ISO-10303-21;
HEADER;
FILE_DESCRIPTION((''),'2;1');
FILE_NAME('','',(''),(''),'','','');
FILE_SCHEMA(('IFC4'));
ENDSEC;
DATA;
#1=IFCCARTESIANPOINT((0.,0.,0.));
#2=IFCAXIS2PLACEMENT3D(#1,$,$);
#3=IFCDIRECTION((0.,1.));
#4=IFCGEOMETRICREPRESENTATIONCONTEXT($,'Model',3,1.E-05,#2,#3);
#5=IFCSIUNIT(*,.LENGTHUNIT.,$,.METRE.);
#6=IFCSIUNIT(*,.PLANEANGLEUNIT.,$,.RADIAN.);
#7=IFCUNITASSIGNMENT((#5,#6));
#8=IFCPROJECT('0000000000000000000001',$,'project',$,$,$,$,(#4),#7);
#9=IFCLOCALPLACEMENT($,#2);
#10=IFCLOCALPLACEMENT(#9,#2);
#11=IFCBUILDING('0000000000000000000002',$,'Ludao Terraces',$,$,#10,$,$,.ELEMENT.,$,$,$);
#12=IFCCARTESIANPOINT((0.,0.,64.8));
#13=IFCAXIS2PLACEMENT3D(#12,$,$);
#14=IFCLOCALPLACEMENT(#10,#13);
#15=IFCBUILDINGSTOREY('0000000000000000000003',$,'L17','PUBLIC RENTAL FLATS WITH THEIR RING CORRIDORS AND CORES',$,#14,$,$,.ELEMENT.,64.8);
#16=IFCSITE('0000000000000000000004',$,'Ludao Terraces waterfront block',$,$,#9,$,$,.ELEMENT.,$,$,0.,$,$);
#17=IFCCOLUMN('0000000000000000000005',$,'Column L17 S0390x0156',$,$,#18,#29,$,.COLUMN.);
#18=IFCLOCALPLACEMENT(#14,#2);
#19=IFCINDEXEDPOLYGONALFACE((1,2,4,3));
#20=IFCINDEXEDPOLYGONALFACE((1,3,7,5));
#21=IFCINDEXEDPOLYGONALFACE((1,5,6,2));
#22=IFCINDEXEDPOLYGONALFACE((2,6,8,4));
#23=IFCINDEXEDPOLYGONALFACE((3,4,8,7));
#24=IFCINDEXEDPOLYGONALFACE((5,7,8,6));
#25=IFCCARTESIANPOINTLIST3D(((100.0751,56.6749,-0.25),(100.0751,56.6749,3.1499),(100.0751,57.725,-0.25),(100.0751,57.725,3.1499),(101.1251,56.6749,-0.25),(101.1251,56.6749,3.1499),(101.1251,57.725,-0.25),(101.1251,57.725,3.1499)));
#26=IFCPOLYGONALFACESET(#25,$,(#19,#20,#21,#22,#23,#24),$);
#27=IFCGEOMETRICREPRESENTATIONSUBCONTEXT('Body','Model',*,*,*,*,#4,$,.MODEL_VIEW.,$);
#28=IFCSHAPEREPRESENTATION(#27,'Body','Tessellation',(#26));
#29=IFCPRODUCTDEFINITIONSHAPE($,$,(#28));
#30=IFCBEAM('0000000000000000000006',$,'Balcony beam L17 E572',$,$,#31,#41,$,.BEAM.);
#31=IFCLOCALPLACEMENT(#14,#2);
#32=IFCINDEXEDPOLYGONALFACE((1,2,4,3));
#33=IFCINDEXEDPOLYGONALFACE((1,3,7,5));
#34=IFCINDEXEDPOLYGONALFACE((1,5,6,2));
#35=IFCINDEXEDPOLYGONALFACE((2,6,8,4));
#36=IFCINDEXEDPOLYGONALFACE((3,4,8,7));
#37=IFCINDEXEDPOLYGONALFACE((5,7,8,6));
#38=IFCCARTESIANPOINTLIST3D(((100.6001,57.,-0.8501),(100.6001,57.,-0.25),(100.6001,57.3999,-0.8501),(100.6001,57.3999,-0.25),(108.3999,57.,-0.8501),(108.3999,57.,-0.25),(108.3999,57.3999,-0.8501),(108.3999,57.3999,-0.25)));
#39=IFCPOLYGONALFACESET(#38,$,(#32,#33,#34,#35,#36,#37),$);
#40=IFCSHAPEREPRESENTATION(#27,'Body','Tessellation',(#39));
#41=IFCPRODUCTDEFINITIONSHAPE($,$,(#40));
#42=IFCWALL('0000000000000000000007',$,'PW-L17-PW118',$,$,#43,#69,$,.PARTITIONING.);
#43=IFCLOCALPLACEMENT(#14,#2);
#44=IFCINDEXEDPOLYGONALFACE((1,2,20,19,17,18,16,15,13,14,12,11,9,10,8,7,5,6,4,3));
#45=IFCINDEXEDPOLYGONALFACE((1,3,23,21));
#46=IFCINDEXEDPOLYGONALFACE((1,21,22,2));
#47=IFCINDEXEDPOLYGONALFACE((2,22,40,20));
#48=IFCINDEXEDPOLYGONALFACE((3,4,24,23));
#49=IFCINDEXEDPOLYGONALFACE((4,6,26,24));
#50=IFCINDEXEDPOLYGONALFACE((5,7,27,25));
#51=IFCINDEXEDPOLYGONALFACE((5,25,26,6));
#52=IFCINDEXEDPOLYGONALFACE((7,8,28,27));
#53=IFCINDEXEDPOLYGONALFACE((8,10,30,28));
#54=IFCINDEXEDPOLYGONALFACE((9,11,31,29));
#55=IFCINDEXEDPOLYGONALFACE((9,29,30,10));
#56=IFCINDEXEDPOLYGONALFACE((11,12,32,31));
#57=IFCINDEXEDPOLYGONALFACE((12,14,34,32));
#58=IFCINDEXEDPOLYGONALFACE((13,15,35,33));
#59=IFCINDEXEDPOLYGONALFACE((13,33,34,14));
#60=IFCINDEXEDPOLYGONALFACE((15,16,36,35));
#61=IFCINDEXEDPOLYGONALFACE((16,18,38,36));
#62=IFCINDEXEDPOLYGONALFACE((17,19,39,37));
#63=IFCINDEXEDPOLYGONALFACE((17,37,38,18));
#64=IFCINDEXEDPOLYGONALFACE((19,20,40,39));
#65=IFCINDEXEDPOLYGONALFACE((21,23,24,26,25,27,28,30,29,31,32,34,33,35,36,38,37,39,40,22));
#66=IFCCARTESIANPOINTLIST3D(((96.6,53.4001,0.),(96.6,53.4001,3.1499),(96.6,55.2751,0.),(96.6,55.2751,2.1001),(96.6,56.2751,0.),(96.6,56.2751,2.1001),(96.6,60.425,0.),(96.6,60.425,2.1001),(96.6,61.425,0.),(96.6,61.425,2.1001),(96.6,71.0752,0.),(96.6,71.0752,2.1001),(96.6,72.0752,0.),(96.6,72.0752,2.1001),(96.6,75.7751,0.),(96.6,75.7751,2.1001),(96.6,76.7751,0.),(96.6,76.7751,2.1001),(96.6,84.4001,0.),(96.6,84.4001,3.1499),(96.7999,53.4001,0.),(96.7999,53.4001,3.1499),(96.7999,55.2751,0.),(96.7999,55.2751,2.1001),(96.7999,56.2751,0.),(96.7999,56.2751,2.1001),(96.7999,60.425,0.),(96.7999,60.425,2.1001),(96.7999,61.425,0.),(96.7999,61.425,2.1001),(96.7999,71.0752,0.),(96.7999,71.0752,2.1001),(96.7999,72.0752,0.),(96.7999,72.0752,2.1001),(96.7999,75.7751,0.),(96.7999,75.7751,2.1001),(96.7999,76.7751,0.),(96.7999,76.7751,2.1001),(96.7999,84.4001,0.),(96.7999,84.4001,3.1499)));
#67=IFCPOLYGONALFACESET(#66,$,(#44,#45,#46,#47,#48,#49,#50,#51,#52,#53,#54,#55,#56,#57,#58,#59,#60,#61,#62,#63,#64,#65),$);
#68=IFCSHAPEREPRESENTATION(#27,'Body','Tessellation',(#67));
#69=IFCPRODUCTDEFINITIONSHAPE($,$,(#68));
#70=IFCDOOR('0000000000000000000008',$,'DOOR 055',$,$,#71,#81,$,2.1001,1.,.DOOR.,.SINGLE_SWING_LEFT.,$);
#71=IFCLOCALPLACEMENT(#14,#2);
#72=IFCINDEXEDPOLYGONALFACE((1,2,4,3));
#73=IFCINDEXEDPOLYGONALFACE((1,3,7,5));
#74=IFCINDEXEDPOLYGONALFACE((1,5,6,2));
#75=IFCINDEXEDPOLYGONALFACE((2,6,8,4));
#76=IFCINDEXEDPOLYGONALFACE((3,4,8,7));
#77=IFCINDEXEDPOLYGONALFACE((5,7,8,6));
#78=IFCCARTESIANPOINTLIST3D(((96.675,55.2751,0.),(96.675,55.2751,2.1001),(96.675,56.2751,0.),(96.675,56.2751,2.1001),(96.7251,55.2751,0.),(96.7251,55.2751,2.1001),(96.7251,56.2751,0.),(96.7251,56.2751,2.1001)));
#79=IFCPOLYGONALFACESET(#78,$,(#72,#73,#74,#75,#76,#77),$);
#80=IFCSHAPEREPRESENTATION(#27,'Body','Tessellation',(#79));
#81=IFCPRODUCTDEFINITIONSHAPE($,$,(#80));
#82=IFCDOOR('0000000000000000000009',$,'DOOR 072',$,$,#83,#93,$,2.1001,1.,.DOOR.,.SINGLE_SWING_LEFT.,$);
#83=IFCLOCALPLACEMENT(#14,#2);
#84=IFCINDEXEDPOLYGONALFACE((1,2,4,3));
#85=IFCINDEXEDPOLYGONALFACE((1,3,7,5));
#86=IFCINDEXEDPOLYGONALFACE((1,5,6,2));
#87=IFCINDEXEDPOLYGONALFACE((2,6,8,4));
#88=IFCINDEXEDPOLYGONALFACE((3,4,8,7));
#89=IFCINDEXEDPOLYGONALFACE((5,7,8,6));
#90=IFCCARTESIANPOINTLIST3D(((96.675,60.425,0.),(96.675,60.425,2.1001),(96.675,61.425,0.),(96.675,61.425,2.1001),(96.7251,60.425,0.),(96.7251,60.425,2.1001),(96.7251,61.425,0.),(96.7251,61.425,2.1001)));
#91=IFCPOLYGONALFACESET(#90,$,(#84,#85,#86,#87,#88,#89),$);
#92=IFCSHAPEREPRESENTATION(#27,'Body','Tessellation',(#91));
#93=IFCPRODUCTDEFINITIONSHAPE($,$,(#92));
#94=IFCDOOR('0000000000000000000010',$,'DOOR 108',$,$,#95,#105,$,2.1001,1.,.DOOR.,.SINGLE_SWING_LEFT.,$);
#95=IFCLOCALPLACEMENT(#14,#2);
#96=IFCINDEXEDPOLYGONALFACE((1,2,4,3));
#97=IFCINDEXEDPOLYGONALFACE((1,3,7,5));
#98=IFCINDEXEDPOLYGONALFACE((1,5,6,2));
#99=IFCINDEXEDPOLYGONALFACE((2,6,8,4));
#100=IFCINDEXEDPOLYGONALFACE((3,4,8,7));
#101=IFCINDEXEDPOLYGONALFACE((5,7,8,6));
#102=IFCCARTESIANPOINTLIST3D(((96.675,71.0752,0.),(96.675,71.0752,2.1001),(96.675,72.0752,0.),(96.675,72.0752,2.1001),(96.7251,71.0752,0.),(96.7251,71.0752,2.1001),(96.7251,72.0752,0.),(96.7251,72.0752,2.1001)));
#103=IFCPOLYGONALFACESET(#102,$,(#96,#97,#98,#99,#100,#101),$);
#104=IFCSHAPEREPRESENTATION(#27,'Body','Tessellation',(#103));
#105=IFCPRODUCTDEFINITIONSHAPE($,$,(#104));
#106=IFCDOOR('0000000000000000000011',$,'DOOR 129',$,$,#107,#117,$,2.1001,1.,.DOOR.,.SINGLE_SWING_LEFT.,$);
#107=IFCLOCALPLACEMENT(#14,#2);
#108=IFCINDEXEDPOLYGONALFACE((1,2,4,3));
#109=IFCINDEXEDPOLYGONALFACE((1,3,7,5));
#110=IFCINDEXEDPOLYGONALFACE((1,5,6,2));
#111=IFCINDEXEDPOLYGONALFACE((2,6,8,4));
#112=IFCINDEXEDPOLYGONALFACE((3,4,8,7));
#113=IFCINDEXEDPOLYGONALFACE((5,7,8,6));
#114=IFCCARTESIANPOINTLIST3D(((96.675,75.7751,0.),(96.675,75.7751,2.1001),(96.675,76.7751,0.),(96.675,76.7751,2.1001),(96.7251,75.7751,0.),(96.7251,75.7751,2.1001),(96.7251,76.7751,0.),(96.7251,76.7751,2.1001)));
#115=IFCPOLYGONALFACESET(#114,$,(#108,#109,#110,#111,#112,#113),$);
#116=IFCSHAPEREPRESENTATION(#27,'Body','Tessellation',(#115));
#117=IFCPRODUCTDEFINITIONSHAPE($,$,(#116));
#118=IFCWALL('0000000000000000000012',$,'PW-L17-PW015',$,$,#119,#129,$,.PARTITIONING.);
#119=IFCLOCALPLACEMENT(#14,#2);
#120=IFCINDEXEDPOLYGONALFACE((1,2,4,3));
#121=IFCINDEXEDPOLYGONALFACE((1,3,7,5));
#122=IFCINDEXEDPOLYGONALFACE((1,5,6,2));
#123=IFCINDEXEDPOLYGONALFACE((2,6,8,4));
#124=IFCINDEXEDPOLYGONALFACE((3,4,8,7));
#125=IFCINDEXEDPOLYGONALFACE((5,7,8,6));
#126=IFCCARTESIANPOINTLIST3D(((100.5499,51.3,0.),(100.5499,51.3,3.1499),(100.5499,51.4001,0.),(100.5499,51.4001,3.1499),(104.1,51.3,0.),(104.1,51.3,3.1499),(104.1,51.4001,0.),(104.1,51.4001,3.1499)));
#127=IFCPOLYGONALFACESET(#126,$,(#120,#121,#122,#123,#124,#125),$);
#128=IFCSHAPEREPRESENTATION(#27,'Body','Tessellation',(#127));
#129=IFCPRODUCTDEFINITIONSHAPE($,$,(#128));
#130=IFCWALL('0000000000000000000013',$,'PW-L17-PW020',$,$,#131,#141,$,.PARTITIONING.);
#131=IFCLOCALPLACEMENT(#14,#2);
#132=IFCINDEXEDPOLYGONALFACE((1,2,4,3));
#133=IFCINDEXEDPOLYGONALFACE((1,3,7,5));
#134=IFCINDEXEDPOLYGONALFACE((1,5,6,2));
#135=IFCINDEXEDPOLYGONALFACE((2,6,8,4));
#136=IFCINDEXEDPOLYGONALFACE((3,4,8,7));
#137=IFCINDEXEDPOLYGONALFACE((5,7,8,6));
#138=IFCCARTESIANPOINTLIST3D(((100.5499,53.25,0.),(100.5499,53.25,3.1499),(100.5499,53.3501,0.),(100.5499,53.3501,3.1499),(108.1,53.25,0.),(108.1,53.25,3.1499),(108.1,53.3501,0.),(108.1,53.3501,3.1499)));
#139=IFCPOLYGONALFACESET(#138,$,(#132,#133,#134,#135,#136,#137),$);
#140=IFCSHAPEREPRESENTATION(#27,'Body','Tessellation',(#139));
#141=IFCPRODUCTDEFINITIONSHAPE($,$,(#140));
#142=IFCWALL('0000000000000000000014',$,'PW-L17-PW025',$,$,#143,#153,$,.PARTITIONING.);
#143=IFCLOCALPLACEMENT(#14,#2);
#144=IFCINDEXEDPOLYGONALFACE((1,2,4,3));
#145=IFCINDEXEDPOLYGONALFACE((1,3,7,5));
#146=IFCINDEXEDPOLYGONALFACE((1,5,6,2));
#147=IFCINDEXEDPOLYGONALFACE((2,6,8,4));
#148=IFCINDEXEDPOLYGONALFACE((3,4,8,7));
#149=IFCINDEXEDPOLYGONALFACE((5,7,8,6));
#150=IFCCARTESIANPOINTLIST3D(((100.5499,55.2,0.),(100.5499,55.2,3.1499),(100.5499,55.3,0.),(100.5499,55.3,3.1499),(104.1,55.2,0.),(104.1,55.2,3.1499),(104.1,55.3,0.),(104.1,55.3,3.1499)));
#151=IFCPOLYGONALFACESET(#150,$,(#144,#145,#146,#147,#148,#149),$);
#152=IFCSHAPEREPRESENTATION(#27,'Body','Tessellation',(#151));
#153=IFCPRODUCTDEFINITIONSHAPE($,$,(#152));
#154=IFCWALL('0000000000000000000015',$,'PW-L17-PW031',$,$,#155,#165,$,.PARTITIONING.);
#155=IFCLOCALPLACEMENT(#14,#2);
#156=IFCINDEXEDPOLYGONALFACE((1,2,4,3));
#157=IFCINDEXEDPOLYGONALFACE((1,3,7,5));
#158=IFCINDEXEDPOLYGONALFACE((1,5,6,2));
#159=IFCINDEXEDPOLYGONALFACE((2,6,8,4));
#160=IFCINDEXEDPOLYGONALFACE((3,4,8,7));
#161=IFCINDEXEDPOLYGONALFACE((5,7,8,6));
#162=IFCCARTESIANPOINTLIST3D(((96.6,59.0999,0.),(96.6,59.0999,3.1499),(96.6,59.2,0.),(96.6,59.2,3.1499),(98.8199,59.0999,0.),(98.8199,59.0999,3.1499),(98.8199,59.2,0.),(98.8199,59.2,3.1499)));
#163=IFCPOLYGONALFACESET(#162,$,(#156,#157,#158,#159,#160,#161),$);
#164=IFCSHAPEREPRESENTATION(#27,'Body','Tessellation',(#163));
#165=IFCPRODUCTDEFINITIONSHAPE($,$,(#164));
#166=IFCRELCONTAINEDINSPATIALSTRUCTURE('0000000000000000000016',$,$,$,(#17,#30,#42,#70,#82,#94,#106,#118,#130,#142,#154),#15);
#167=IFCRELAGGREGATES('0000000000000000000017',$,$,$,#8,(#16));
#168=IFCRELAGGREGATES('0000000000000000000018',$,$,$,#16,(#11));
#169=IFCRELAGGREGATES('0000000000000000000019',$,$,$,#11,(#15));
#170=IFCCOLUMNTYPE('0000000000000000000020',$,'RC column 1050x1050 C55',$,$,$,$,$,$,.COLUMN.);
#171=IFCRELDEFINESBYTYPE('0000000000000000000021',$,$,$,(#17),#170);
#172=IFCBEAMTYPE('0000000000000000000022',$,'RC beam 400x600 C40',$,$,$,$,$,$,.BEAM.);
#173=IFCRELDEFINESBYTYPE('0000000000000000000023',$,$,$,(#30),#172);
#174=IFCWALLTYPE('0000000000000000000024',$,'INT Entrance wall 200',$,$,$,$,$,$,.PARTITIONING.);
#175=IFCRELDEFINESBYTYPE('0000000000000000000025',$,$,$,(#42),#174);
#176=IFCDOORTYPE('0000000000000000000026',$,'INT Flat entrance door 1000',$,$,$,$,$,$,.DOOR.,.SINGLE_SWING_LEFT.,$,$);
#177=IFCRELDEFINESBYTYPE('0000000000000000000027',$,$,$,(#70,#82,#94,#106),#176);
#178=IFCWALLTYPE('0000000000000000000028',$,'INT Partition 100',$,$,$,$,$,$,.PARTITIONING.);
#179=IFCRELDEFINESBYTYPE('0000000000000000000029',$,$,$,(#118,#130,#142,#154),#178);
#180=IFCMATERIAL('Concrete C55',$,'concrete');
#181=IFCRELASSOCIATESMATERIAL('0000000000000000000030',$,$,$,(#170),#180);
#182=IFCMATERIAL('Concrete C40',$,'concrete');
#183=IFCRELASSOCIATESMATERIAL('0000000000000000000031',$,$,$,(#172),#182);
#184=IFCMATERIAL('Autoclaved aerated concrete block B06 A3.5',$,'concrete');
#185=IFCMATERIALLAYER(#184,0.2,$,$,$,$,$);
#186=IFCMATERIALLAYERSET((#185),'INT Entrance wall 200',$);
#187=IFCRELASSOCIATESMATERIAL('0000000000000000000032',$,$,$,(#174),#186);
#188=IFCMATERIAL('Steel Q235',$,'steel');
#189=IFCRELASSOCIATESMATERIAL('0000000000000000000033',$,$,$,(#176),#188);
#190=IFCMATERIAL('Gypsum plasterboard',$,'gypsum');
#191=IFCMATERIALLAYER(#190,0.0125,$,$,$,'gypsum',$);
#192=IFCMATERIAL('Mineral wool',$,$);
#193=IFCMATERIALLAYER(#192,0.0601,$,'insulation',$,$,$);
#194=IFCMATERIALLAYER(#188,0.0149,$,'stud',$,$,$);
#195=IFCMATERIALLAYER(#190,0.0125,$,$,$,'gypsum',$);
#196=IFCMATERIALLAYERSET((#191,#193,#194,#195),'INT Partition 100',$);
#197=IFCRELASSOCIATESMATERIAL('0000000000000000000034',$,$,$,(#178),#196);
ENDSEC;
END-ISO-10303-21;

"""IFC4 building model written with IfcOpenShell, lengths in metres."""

from ifc_helpers import new_model, si_unit, direction, frame, frame_2d, origin, origin_2d, place, context, subcontext, project, spatial, rectangle, extrude, material, layer, layer_set, material_profile, profile_set, type_object, element, fill, save


model = new_model("IFC4")

# Units and contexts
model_context = context("Model", 3, precision=1e-05, world=origin(), true_north=direction((0.0, 1.0)))
body_context = subcontext(model_context, "Body", "Model", "MODEL_VIEW")
ifc_project = project(units=[si_unit("LENGTHUNIT", "METRE"), si_unit("PLANEANGLEUNIT", "RADIAN")], contexts=[model_context])

# Site, building, storey
site_placement = place(None, origin())
site = spatial("IfcSite", under=ifc_project, at=site_placement, Name="Ludao Terraces waterfront block", CompositionType="ELEMENT", RefElevation=0.0)
building_placement = place(site_placement, origin())
building = spatial("IfcBuilding", under=site, at=building_placement, Name="Ludao Terraces", CompositionType="ELEMENT")
storey_placement = place(building_placement, frame((0.0, 0.0, 64.8)))
storey = spatial("IfcBuildingStorey", under=building, at=storey_placement, Name="L17", Description="PUBLIC RENTAL FLATS WITH THEIR RING CORRIDORS AND CORES", CompositionType="ELEMENT", Elevation=64.8)

# Column
ifc_material_1 = material(Name="Concrete C55", Category="concrete")
ifc_material_profile_1 = material_profile(ifc_material_1, rectangle(XDim=1.05, YDim=1.05, at=origin_2d()), Name="1050 X 1050")
ifc_profile_set_1 = profile_set([ifc_material_profile_1], Name="Concrete C55")
column_type = type_object("IfcColumnType", Name="RC column 1050x1050 C55", PredefinedType="COLUMN", material=ifc_profile_set_1)
column_placement = place(storey_placement, frame((100.6001, 57.2, -0.25), z_axis=(0.0, 0.0, 1.0), x_axis=(1.0, 0.0, 0.0)))
element("IfcColumn", 1, at=column_placement, inside=storey, type_object=column_type, Name="Column L17 S0390x0156", PredefinedType="COLUMN", context=body_context, shape_type="SweptSolid", body=[
    extrude(rectangle(XDim=1.05, YDim=1.05, at=origin_2d()), origin(), (0.0, 0.0, 1.0), 3.3999),
])

# Beam
ifc_material_2 = material(Name="Concrete C40", Category="concrete")
ifc_material_profile_2 = material_profile(ifc_material_2, rectangle(XDim=0.3999, YDim=0.6001, at=origin_2d()), Name="400 X 600")
ifc_profile_set_2 = profile_set([ifc_material_profile_2], Name="Concrete C40")
beam_type = type_object("IfcBeamType", Name="RC beam 400x600 C40", PredefinedType="BEAM", material=ifc_profile_set_2)
beam_placement = place(storey_placement, frame((100.6001, 57.2, -0.55), z_axis=(1.0, 0.0, 0.0), x_axis=(0.0, 1.0, 0.0)))
element("IfcBeam", 2, at=beam_placement, inside=storey, type_object=beam_type, Name="Balcony beam L17 E572", PredefinedType="BEAM", context=body_context, shape_type="SweptSolid", body=[
    extrude(rectangle(XDim=0.3999, YDim=0.6001, at=origin_2d()), origin(), (0.0, 0.0, 1.0), 7.7998),
])

# Wall, openings, doors
ifc_material_3 = material(Name="Autoclaved aerated concrete block B06 A3.5", Category="concrete")
ifc_layer_1 = layer(ifc_material_3, 0.2)
ifc_layer_set_1 = layer_set([ifc_layer_1], Name="INT Entrance wall 200")
wall_type_1 = type_object("IfcWallType", Name="INT Entrance wall 200", PredefinedType="PARTITIONING", material=ifc_layer_set_1)
wall_1_placement = place(storey_placement, frame((96.7, 53.4001, 0.0), z_axis=(0.0, 0.0, 1.0), x_axis=(0.0, 1.0, 0.0)))
wall_1 = element("IfcWall", 3, at=wall_1_placement, inside=storey, type_object=wall_type_1, Name="PW-L17-PW118", PredefinedType="PARTITIONING", context=body_context, shape_type="SweptSolid", body=[
    extrude(rectangle(XDim=31.0, YDim=0.2, at=frame_2d((15.5, 0.0))), origin(), (0.0, 0.0, 1.0), 3.1499),
])
opening_1_placement = place(wall_1_placement, frame((1.875, 0.0, 0.0)))
opening_1 = element("IfcOpeningElement", 4, at=opening_1_placement, cuts=wall_1, PredefinedType="OPENING", context=body_context, shape_type="SweptSolid", body=[
    extrude(rectangle(XDim=1.0, YDim=2.1001, at=frame_2d((0.5, 1.05))), frame((0.0, 0.1099, 0.0), z_axis=(0.0, -1.0, 0.0), x_axis=(1.0, 0.0, 0.0)), (0.0, 0.0, 1.0), 0.22),
])
opening_2_placement = place(wall_1_placement, frame((7.0249, 0.0, 0.0)))
opening_2 = element("IfcOpeningElement", 5, at=opening_2_placement, cuts=wall_1, PredefinedType="OPENING", context=body_context, shape_type="SweptSolid", body=[
    extrude(rectangle(XDim=1.0, YDim=2.1001, at=frame_2d((0.5, 1.05))), frame((0.0, 0.1099, 0.0), z_axis=(0.0, -1.0, 0.0), x_axis=(1.0, 0.0, 0.0)), (0.0, 0.0, 1.0), 0.22),
])
opening_3_placement = place(wall_1_placement, frame((17.675, 0.0, 0.0)))
opening_3 = element("IfcOpeningElement", 6, at=opening_3_placement, cuts=wall_1, PredefinedType="OPENING", context=body_context, shape_type="SweptSolid", body=[
    extrude(rectangle(XDim=1.0, YDim=2.1001, at=frame_2d((0.5, 1.05))), frame((0.0, 0.1099, 0.0), z_axis=(0.0, -1.0, 0.0), x_axis=(1.0, 0.0, 0.0)), (0.0, 0.0, 1.0), 0.22),
])
opening_4_placement = place(wall_1_placement, frame((22.375, 0.0, 0.0)))
opening_4 = element("IfcOpeningElement", 7, at=opening_4_placement, cuts=wall_1, PredefinedType="OPENING", context=body_context, shape_type="SweptSolid", body=[
    extrude(rectangle(XDim=1.0, YDim=2.1001, at=frame_2d((0.5, 1.05))), frame((0.0, 0.1099, 0.0), z_axis=(0.0, -1.0, 0.0), x_axis=(1.0, 0.0, 0.0)), (0.0, 0.0, 1.0), 0.22),
])
ifc_material_4 = material(Name="Steel Q235", Category="steel")
door_type_1 = type_object("IfcDoorType", Name="INT Flat entrance door 1000", OperationType="SINGLE_SWING_LEFT", PredefinedType="DOOR", material=ifc_material_4)
door_1_placement = place(opening_1_placement, origin())
door_1 = element("IfcDoor", 8, at=door_1_placement, inside=storey, type_object=door_type_1, Name="DOOR 055", OperationType="SINGLE_SWING_LEFT", OverallHeight=2.1001, OverallWidth=1.0, PredefinedType="DOOR", context=body_context, shape_type="SweptSolid", body=[
    extrude(rectangle(XDim=1.0, YDim=2.1001, at=frame_2d((0.5, 1.05))), frame((0.0, 0.0249, 0.0), z_axis=(0.0, -1.0, 0.0), x_axis=(1.0, 0.0, 0.0)), (0.0, 0.0, 1.0), 0.05),
])
fill(opening_1, door_1)
door_2_placement = place(opening_2_placement, origin())
door_2 = element("IfcDoor", 9, at=door_2_placement, inside=storey, type_object=door_type_1, Name="DOOR 072", OperationType="SINGLE_SWING_LEFT", OverallHeight=2.1001, OverallWidth=1.0, PredefinedType="DOOR", context=body_context, shape_type="SweptSolid", body=[
    extrude(rectangle(XDim=1.0, YDim=2.1001, at=frame_2d((0.5, 1.05))), frame((0.0, 0.0249, 0.0), z_axis=(0.0, -1.0, 0.0), x_axis=(1.0, 0.0, 0.0)), (0.0, 0.0, 1.0), 0.05),
])
fill(opening_2, door_2)
door_3_placement = place(opening_3_placement, origin())
door_3 = element("IfcDoor", 10, at=door_3_placement, inside=storey, type_object=door_type_1, Name="DOOR 108", OperationType="SINGLE_SWING_LEFT", OverallHeight=2.1001, OverallWidth=1.0, PredefinedType="DOOR", context=body_context, shape_type="SweptSolid", body=[
    extrude(rectangle(XDim=1.0, YDim=2.1001, at=frame_2d((0.5, 1.05))), frame((0.0, 0.0249, 0.0), z_axis=(0.0, -1.0, 0.0), x_axis=(1.0, 0.0, 0.0)), (0.0, 0.0, 1.0), 0.05),
])
fill(opening_3, door_3)
door_4_placement = place(opening_4_placement, origin())
door_4 = element("IfcDoor", 11, at=door_4_placement, inside=storey, type_object=door_type_1, Name="DOOR 129", OperationType="SINGLE_SWING_LEFT", OverallHeight=2.1001, OverallWidth=1.0, PredefinedType="DOOR", context=body_context, shape_type="SweptSolid", body=[
    extrude(rectangle(XDim=1.0, YDim=2.1001, at=frame_2d((0.5, 1.05))), frame((0.0, 0.0249, 0.0), z_axis=(0.0, -1.0, 0.0), x_axis=(1.0, 0.0, 0.0)), (0.0, 0.0, 1.0), 0.05),
])
fill(opening_4, door_4)

# Walls
ifc_material_5 = material(Name="Gypsum plasterboard", Category="gypsum")
ifc_layer_2 = layer(ifc_material_5, 0.0125, Category="gypsum")
ifc_material_6 = material(Name="Mineral wool")
ifc_layer_3 = layer(ifc_material_6, 0.0601, Name="insulation")
ifc_layer_4 = layer(ifc_material_4, 0.0149, Name="stud")
ifc_layer_5 = layer(ifc_material_5, 0.0125, Category="gypsum")
ifc_layer_set_2 = layer_set([ifc_layer_2, ifc_layer_3, ifc_layer_4, ifc_layer_5], Name="INT Partition 100")
wall_type_2 = type_object("IfcWallType", Name="INT Partition 100", PredefinedType="PARTITIONING", material=ifc_layer_set_2)
wall_2_placement = place(storey_placement, frame((100.55, 51.3501, 0.0), z_axis=(0.0, 0.0, 1.0), x_axis=(1.0, 0.0, 0.0)))
element("IfcWall", 12, at=wall_2_placement, inside=storey, type_object=wall_type_2, Name="PW-L17-PW015", PredefinedType="PARTITIONING", context=body_context, shape_type="SweptSolid", body=[
    extrude(rectangle(XDim=3.55, YDim=0.1001, at=frame_2d((1.7749, 0.0))), origin(), (0.0, 0.0, 1.0), 3.1499),
])
wall_3_placement = place(storey_placement, frame((100.55, 53.3, 0.0), z_axis=(0.0, 0.0, 1.0), x_axis=(1.0, 0.0, 0.0)))
element("IfcWall", 13, at=wall_3_placement, inside=storey, type_object=wall_type_2, Name="PW-L17-PW020", PredefinedType="PARTITIONING", context=body_context, shape_type="SweptSolid", body=[
    extrude(rectangle(XDim=7.55, YDim=0.1001, at=frame_2d((3.7749, 0.0))), origin(), (0.0, 0.0, 1.0), 3.1499),
])
wall_4_placement = place(storey_placement, frame((100.55, 55.25, 0.0), z_axis=(0.0, 0.0, 1.0), x_axis=(1.0, 0.0, 0.0)))
element("IfcWall", 14, at=wall_4_placement, inside=storey, type_object=wall_type_2, Name="PW-L17-PW025", PredefinedType="PARTITIONING", context=body_context, shape_type="SweptSolid", body=[
    extrude(rectangle(XDim=3.55, YDim=0.1001, at=frame_2d((1.7749, 0.0))), origin(), (0.0, 0.0, 1.0), 3.1499),
])
for number, where, z_axis, x_axis, name in (
    (15, (96.6001, 59.1499, 0.0), (0.0, 0.0, 1.0), (1.0, 0.0, 0.0), "PW-L17-PW031"),
):
    element("IfcWall", number, at=place(storey_placement, frame(where, z_axis=z_axis, x_axis=x_axis)), inside=storey, type_object=wall_type_2, Name=name, PredefinedType="PARTITIONING", context=body_context, shape_type="SweptSolid", body=[
        extrude(rectangle(XDim=2.22, YDim=0.1001, at=frame_2d((1.1099, 0.0))), origin(), (0.0, 0.0, 1.0), 3.1499),
    ])

save(model, "model.ifc")
